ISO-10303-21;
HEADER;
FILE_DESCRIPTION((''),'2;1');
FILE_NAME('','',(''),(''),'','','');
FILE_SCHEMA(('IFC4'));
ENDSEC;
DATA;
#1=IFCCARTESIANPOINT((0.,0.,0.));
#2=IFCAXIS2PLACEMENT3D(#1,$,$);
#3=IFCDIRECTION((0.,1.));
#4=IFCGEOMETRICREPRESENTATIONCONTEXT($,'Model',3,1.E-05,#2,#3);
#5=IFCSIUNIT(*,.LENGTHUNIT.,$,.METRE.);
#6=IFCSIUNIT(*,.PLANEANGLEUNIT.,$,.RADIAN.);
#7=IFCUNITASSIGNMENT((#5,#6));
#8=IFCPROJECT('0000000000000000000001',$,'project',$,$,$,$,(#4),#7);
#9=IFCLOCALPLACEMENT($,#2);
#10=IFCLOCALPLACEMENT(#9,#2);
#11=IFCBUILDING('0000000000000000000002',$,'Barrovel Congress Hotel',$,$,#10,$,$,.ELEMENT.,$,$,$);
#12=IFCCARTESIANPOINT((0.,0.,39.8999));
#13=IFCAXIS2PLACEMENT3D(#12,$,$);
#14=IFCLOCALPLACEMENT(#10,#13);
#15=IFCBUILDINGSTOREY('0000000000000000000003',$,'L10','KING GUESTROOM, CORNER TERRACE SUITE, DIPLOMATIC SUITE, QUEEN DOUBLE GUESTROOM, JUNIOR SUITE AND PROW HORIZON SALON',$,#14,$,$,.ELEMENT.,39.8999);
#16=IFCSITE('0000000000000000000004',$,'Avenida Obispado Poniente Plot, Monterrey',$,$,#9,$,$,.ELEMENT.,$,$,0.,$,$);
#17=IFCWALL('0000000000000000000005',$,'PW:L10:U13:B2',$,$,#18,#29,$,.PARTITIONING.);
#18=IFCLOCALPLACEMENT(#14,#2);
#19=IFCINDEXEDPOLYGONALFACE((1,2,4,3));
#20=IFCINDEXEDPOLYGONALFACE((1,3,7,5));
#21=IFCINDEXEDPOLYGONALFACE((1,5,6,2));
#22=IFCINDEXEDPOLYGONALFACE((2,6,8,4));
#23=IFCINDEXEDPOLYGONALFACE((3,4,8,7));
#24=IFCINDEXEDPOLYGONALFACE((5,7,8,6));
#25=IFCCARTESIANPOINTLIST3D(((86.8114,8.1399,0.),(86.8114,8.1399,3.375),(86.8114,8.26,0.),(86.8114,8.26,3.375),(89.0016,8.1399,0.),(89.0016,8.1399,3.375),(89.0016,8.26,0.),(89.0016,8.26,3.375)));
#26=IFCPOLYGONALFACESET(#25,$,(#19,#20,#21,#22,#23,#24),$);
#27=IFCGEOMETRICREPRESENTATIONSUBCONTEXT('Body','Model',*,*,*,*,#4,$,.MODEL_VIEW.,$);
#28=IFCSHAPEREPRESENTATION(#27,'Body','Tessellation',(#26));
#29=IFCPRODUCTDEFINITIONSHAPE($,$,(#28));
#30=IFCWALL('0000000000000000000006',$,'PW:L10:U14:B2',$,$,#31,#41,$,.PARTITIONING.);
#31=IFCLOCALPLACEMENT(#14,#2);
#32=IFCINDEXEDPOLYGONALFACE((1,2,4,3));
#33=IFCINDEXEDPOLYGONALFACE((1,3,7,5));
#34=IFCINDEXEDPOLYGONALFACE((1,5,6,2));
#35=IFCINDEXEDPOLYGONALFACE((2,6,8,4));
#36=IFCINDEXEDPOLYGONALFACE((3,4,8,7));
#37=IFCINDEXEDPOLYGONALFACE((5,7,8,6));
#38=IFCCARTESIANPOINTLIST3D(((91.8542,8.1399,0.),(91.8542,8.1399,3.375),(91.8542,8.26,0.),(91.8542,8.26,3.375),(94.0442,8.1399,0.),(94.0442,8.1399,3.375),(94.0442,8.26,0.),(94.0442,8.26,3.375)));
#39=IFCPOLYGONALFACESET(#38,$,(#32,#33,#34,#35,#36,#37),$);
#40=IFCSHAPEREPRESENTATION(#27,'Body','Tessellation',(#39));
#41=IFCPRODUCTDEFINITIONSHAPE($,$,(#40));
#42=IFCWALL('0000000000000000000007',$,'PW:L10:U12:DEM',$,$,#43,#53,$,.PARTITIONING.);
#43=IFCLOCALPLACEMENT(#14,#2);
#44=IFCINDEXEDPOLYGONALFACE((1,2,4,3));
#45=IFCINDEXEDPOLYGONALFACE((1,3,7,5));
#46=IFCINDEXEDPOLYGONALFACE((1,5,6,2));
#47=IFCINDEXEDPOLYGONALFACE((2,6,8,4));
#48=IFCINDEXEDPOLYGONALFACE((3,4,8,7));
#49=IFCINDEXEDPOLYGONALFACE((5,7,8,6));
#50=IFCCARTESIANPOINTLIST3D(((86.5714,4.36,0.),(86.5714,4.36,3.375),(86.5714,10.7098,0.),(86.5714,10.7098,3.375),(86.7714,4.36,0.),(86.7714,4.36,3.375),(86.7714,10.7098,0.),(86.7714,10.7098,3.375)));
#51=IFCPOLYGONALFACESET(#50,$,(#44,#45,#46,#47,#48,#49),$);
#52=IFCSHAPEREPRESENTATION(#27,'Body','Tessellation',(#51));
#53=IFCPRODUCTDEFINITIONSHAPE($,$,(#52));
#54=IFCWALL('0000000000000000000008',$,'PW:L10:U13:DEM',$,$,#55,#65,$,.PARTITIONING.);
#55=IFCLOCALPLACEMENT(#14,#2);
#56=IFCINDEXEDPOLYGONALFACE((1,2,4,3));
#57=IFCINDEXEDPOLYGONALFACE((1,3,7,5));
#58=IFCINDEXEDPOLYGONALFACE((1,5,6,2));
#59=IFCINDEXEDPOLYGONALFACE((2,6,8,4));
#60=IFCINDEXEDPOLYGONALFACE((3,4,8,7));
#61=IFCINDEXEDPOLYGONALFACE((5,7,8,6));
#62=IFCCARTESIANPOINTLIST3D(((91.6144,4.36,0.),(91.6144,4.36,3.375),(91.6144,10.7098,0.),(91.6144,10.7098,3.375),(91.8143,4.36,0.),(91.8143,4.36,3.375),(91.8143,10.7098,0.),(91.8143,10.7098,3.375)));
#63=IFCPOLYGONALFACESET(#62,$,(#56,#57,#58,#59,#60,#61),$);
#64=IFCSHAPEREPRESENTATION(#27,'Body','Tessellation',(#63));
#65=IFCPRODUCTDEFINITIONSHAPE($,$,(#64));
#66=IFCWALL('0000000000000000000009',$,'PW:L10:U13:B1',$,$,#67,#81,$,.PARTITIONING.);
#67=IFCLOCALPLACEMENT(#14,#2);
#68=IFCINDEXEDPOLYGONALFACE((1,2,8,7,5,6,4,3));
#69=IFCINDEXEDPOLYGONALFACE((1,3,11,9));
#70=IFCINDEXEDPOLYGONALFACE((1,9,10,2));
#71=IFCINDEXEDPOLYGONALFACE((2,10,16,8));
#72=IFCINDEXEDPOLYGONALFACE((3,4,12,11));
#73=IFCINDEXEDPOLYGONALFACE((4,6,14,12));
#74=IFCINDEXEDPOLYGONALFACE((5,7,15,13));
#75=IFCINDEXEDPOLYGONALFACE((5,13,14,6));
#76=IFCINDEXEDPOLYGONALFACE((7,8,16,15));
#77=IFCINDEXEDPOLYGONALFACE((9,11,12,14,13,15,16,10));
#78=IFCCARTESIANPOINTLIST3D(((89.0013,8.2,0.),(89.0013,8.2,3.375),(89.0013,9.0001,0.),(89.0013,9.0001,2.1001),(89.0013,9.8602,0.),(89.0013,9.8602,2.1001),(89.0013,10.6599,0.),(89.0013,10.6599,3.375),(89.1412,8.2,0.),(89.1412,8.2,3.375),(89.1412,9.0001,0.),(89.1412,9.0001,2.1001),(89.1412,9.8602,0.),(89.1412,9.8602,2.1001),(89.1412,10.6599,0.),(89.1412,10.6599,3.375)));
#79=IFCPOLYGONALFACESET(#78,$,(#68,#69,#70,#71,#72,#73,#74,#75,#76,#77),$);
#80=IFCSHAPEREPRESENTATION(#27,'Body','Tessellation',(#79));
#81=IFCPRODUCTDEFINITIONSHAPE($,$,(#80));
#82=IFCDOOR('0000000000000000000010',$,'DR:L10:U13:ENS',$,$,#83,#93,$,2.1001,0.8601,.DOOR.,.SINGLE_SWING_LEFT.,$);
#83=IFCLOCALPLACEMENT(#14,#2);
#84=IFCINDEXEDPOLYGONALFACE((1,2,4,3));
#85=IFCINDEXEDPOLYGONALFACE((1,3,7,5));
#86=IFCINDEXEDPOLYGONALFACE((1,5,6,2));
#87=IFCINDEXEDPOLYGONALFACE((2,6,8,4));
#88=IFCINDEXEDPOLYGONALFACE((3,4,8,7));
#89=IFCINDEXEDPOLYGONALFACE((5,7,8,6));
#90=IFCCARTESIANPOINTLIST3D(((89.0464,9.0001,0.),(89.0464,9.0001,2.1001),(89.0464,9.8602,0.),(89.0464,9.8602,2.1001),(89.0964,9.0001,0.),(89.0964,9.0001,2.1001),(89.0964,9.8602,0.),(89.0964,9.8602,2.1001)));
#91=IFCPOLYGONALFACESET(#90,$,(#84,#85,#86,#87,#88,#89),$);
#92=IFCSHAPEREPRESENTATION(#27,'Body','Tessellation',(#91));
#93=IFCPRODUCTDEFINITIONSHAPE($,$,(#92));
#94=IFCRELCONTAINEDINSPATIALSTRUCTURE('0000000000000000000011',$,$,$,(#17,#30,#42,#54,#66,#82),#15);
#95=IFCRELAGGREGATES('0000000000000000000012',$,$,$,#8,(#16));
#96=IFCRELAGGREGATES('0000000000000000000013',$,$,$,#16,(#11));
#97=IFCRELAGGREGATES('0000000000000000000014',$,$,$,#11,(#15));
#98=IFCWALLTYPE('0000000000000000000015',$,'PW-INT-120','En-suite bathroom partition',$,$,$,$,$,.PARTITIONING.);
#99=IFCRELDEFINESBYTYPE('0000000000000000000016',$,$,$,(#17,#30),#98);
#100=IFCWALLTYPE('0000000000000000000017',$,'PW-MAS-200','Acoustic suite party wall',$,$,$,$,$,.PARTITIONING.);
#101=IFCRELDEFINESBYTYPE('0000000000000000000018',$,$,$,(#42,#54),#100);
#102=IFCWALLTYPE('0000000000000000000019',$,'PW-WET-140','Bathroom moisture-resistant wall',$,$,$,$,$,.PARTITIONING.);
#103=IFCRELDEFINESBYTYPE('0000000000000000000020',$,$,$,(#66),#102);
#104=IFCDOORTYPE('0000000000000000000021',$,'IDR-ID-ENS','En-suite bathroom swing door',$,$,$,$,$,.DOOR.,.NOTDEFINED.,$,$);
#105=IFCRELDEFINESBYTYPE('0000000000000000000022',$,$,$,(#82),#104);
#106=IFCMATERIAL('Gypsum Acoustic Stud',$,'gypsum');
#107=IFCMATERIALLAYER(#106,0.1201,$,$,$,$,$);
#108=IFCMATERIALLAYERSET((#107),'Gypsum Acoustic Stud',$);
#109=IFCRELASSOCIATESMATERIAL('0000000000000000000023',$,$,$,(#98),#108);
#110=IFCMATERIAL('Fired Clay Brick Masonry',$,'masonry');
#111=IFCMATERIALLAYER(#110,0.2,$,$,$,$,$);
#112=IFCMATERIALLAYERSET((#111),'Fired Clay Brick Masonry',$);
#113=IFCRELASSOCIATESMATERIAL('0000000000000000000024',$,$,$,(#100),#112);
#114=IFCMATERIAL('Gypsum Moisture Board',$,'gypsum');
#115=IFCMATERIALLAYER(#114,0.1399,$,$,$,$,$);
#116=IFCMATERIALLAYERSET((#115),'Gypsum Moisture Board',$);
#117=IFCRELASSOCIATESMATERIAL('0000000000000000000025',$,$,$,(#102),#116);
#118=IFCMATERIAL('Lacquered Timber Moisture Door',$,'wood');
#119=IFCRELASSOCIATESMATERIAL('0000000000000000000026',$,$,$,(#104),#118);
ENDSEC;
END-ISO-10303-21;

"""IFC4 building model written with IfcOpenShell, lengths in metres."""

from ifc_helpers import new_model, si_unit, direction, frame, frame_2d, origin, place, context, subcontext, project, spatial, rectangle, extrude, material, layer, layer_set, type_object, element, fill, save


model = new_model("IFC4")

# Units and contexts
model_context = context("Model", 3, precision=1e-05, world=origin(), true_north=direction((0.0, 1.0)))
body_context = subcontext(model_context, "Body", "Model", "MODEL_VIEW")
ifc_project = project(units=[si_unit("LENGTHUNIT", "METRE"), si_unit("PLANEANGLEUNIT", "RADIAN")], contexts=[model_context])

# Site, building, storey
site_placement = place(None, origin())
site = spatial("IfcSite", under=ifc_project, at=site_placement, Name="Avenida Obispado Poniente Plot, Monterrey", CompositionType="ELEMENT", RefElevation=0.0)
building_placement = place(site_placement, origin())
building = spatial("IfcBuilding", under=site, at=building_placement, Name="Barrovel Congress Hotel", CompositionType="ELEMENT")
storey_placement = place(building_placement, frame((0.0, 0.0, 39.8999)))
storey = spatial("IfcBuildingStorey", under=building, at=storey_placement, Name="L10", Description="KING GUESTROOM, CORNER TERRACE SUITE, DIPLOMATIC SUITE, QUEEN DOUBLE GUESTROOM, JUNIOR SUITE AND PROW HORIZON SALON", CompositionType="ELEMENT", Elevation=39.8999)

# Shared definitions
ifc_material_1 = material(Name="Fired Clay Brick Masonry", Category="masonry")

# Shared definitions
ifc_material_2 = material(Name="Gypsum Acoustic Stud", Category="gypsum")

# Walls
ifc_layer_1 = layer(ifc_material_2, 0.1201)
ifc_layer_set_1 = layer_set([ifc_layer_1], Name="Gypsum Acoustic Stud")
wall_type_1 = type_object("IfcWallType", Name="PW-INT-120", Description="En-suite bathroom partition", PredefinedType="PARTITIONING", material=ifc_layer_set_1)
wall_1_placement = place(storey_placement, frame((86.8113, 8.2, 0.0), z_axis=(0.0, 0.0, 1.0), x_axis=(1.0, 0.0, 0.0)))
element("IfcWall", 1, at=wall_1_placement, inside=storey, type_object=wall_type_1, Name="PW:L10:U13:B2", PredefinedType="PARTITIONING", context=body_context, shape_type="SweptSolid", body=[
    extrude(rectangle(XDim=2.1902, YDim=0.1201, at=frame_2d((1.0952, 0.0))), origin(), (0.0, 0.0, 1.0), 3.375),
])
wall_2_placement = place(storey_placement, frame((91.8542, 8.2, 0.0), z_axis=(0.0, 0.0, 1.0), x_axis=(1.0, 0.0, 0.0)))
element("IfcWall", 2, at=wall_2_placement, inside=storey, type_object=wall_type_1, Name="PW:L10:U14:B2", PredefinedType="PARTITIONING", context=body_context, shape_type="SweptSolid", body=[
    extrude(rectangle(XDim=2.1899, YDim=0.1201, at=frame_2d((1.095, 0.0))), origin(), (0.0, 0.0, 1.0), 3.375),
])
ifc_layer_2 = layer(ifc_material_1, 0.2)
ifc_layer_set_2 = layer_set([ifc_layer_2], Name="Fired Clay Brick Masonry")
wall_type_2 = type_object("IfcWallType", Name="PW-MAS-200", Description="Acoustic suite party wall", PredefinedType="PARTITIONING", material=ifc_layer_set_2)
for number, where, z_axis, x_axis, name in (
    (3, (86.6714, 4.3601, 0.0), (0.0, 0.0, 1.0), (0.0, 1.0, 0.0), "PW:L10:U12:DEM"),
    (4, (91.7144, 4.3601, 0.0), (0.0, 0.0, 1.0), (0.0, 1.0, 0.0), "PW:L10:U13:DEM"),
):
    element("IfcWall", number, at=place(storey_placement, frame(where, z_axis=z_axis, x_axis=x_axis)), inside=storey, type_object=wall_type_2, Name=name, PredefinedType="PARTITIONING", context=body_context, shape_type="SweptSolid", body=[
        extrude(rectangle(XDim=6.3499, YDim=0.2, at=frame_2d((3.1748, 0.0))), origin(), (0.0, 0.0, 1.0), 3.375),
    ])

# Wall, opening, door
ifc_material_3 = material(Name="Gypsum Moisture Board", Category="gypsum")
ifc_layer_3 = layer(ifc_material_3, 0.1399)
ifc_layer_set_3 = layer_set([ifc_layer_3], Name="Gypsum Moisture Board")
wall_type_3 = type_object("IfcWallType", Name="PW-WET-140", Description="Bathroom moisture-resistant wall", PredefinedType="PARTITIONING", material=ifc_layer_set_3)
wall_3_placement = place(storey_placement, frame((89.0713, 8.2, 0.0), z_axis=(0.0, 0.0, 1.0), x_axis=(0.0, 1.0, 0.0)))
wall_3 = element("IfcWall", 5, at=wall_3_placement, inside=storey, type_object=wall_type_3, Name="PW:L10:U13:B1", PredefinedType="PARTITIONING", context=body_context, shape_type="SweptSolid", body=[
    extrude(rectangle(XDim=2.46, YDim=0.1399, at=frame_2d((1.23, 0.0))), origin(), (0.0, 0.0, 1.0), 3.375),
])
opening_1_placement = place(wall_3_placement, frame((0.8, 0.0, 0.0)))
opening_1 = element("IfcOpeningElement", 6, at=opening_1_placement, cuts=wall_3, PredefinedType="OPENING", context=body_context, shape_type="SweptSolid", body=[
    extrude(rectangle(XDim=0.8601, YDim=2.1001, at=frame_2d((0.4302, 1.05))), frame((0.0, 0.0801, 0.0), z_axis=(0.0, -1.0, 0.0), x_axis=(1.0, 0.0, 0.0)), (0.0, 0.0, 1.0), 0.1599),
])
ifc_material_4 = material(Name="Lacquered Timber Moisture Door", Category="wood")
door_type_1 = type_object("IfcDoorType", Name="IDR-ID-ENS", Description="En-suite bathroom swing door", OperationType="NOTDEFINED", PredefinedType="DOOR", material=ifc_material_4)
door_1_placement = place(opening_1_placement, origin())
door_1 = element("IfcDoor", 7, at=door_1_placement, inside=storey, type_object=door_type_1, Name="DR:L10:U13:ENS", OperationType="SINGLE_SWING_LEFT", OverallHeight=2.1001, OverallWidth=0.8601, PredefinedType="DOOR", context=body_context, shape_type="SweptSolid", body=[
    extrude(rectangle(XDim=0.8601, YDim=2.1001, at=frame_2d((0.4302, 1.05))), frame((0.0, 0.0249, 0.0), z_axis=(0.0, -1.0, 0.0), x_axis=(1.0, 0.0, 0.0)), (0.0, 0.0, 1.0), 0.05),
])
fill(opening_1, door_1)

save(model, "model.ifc")
